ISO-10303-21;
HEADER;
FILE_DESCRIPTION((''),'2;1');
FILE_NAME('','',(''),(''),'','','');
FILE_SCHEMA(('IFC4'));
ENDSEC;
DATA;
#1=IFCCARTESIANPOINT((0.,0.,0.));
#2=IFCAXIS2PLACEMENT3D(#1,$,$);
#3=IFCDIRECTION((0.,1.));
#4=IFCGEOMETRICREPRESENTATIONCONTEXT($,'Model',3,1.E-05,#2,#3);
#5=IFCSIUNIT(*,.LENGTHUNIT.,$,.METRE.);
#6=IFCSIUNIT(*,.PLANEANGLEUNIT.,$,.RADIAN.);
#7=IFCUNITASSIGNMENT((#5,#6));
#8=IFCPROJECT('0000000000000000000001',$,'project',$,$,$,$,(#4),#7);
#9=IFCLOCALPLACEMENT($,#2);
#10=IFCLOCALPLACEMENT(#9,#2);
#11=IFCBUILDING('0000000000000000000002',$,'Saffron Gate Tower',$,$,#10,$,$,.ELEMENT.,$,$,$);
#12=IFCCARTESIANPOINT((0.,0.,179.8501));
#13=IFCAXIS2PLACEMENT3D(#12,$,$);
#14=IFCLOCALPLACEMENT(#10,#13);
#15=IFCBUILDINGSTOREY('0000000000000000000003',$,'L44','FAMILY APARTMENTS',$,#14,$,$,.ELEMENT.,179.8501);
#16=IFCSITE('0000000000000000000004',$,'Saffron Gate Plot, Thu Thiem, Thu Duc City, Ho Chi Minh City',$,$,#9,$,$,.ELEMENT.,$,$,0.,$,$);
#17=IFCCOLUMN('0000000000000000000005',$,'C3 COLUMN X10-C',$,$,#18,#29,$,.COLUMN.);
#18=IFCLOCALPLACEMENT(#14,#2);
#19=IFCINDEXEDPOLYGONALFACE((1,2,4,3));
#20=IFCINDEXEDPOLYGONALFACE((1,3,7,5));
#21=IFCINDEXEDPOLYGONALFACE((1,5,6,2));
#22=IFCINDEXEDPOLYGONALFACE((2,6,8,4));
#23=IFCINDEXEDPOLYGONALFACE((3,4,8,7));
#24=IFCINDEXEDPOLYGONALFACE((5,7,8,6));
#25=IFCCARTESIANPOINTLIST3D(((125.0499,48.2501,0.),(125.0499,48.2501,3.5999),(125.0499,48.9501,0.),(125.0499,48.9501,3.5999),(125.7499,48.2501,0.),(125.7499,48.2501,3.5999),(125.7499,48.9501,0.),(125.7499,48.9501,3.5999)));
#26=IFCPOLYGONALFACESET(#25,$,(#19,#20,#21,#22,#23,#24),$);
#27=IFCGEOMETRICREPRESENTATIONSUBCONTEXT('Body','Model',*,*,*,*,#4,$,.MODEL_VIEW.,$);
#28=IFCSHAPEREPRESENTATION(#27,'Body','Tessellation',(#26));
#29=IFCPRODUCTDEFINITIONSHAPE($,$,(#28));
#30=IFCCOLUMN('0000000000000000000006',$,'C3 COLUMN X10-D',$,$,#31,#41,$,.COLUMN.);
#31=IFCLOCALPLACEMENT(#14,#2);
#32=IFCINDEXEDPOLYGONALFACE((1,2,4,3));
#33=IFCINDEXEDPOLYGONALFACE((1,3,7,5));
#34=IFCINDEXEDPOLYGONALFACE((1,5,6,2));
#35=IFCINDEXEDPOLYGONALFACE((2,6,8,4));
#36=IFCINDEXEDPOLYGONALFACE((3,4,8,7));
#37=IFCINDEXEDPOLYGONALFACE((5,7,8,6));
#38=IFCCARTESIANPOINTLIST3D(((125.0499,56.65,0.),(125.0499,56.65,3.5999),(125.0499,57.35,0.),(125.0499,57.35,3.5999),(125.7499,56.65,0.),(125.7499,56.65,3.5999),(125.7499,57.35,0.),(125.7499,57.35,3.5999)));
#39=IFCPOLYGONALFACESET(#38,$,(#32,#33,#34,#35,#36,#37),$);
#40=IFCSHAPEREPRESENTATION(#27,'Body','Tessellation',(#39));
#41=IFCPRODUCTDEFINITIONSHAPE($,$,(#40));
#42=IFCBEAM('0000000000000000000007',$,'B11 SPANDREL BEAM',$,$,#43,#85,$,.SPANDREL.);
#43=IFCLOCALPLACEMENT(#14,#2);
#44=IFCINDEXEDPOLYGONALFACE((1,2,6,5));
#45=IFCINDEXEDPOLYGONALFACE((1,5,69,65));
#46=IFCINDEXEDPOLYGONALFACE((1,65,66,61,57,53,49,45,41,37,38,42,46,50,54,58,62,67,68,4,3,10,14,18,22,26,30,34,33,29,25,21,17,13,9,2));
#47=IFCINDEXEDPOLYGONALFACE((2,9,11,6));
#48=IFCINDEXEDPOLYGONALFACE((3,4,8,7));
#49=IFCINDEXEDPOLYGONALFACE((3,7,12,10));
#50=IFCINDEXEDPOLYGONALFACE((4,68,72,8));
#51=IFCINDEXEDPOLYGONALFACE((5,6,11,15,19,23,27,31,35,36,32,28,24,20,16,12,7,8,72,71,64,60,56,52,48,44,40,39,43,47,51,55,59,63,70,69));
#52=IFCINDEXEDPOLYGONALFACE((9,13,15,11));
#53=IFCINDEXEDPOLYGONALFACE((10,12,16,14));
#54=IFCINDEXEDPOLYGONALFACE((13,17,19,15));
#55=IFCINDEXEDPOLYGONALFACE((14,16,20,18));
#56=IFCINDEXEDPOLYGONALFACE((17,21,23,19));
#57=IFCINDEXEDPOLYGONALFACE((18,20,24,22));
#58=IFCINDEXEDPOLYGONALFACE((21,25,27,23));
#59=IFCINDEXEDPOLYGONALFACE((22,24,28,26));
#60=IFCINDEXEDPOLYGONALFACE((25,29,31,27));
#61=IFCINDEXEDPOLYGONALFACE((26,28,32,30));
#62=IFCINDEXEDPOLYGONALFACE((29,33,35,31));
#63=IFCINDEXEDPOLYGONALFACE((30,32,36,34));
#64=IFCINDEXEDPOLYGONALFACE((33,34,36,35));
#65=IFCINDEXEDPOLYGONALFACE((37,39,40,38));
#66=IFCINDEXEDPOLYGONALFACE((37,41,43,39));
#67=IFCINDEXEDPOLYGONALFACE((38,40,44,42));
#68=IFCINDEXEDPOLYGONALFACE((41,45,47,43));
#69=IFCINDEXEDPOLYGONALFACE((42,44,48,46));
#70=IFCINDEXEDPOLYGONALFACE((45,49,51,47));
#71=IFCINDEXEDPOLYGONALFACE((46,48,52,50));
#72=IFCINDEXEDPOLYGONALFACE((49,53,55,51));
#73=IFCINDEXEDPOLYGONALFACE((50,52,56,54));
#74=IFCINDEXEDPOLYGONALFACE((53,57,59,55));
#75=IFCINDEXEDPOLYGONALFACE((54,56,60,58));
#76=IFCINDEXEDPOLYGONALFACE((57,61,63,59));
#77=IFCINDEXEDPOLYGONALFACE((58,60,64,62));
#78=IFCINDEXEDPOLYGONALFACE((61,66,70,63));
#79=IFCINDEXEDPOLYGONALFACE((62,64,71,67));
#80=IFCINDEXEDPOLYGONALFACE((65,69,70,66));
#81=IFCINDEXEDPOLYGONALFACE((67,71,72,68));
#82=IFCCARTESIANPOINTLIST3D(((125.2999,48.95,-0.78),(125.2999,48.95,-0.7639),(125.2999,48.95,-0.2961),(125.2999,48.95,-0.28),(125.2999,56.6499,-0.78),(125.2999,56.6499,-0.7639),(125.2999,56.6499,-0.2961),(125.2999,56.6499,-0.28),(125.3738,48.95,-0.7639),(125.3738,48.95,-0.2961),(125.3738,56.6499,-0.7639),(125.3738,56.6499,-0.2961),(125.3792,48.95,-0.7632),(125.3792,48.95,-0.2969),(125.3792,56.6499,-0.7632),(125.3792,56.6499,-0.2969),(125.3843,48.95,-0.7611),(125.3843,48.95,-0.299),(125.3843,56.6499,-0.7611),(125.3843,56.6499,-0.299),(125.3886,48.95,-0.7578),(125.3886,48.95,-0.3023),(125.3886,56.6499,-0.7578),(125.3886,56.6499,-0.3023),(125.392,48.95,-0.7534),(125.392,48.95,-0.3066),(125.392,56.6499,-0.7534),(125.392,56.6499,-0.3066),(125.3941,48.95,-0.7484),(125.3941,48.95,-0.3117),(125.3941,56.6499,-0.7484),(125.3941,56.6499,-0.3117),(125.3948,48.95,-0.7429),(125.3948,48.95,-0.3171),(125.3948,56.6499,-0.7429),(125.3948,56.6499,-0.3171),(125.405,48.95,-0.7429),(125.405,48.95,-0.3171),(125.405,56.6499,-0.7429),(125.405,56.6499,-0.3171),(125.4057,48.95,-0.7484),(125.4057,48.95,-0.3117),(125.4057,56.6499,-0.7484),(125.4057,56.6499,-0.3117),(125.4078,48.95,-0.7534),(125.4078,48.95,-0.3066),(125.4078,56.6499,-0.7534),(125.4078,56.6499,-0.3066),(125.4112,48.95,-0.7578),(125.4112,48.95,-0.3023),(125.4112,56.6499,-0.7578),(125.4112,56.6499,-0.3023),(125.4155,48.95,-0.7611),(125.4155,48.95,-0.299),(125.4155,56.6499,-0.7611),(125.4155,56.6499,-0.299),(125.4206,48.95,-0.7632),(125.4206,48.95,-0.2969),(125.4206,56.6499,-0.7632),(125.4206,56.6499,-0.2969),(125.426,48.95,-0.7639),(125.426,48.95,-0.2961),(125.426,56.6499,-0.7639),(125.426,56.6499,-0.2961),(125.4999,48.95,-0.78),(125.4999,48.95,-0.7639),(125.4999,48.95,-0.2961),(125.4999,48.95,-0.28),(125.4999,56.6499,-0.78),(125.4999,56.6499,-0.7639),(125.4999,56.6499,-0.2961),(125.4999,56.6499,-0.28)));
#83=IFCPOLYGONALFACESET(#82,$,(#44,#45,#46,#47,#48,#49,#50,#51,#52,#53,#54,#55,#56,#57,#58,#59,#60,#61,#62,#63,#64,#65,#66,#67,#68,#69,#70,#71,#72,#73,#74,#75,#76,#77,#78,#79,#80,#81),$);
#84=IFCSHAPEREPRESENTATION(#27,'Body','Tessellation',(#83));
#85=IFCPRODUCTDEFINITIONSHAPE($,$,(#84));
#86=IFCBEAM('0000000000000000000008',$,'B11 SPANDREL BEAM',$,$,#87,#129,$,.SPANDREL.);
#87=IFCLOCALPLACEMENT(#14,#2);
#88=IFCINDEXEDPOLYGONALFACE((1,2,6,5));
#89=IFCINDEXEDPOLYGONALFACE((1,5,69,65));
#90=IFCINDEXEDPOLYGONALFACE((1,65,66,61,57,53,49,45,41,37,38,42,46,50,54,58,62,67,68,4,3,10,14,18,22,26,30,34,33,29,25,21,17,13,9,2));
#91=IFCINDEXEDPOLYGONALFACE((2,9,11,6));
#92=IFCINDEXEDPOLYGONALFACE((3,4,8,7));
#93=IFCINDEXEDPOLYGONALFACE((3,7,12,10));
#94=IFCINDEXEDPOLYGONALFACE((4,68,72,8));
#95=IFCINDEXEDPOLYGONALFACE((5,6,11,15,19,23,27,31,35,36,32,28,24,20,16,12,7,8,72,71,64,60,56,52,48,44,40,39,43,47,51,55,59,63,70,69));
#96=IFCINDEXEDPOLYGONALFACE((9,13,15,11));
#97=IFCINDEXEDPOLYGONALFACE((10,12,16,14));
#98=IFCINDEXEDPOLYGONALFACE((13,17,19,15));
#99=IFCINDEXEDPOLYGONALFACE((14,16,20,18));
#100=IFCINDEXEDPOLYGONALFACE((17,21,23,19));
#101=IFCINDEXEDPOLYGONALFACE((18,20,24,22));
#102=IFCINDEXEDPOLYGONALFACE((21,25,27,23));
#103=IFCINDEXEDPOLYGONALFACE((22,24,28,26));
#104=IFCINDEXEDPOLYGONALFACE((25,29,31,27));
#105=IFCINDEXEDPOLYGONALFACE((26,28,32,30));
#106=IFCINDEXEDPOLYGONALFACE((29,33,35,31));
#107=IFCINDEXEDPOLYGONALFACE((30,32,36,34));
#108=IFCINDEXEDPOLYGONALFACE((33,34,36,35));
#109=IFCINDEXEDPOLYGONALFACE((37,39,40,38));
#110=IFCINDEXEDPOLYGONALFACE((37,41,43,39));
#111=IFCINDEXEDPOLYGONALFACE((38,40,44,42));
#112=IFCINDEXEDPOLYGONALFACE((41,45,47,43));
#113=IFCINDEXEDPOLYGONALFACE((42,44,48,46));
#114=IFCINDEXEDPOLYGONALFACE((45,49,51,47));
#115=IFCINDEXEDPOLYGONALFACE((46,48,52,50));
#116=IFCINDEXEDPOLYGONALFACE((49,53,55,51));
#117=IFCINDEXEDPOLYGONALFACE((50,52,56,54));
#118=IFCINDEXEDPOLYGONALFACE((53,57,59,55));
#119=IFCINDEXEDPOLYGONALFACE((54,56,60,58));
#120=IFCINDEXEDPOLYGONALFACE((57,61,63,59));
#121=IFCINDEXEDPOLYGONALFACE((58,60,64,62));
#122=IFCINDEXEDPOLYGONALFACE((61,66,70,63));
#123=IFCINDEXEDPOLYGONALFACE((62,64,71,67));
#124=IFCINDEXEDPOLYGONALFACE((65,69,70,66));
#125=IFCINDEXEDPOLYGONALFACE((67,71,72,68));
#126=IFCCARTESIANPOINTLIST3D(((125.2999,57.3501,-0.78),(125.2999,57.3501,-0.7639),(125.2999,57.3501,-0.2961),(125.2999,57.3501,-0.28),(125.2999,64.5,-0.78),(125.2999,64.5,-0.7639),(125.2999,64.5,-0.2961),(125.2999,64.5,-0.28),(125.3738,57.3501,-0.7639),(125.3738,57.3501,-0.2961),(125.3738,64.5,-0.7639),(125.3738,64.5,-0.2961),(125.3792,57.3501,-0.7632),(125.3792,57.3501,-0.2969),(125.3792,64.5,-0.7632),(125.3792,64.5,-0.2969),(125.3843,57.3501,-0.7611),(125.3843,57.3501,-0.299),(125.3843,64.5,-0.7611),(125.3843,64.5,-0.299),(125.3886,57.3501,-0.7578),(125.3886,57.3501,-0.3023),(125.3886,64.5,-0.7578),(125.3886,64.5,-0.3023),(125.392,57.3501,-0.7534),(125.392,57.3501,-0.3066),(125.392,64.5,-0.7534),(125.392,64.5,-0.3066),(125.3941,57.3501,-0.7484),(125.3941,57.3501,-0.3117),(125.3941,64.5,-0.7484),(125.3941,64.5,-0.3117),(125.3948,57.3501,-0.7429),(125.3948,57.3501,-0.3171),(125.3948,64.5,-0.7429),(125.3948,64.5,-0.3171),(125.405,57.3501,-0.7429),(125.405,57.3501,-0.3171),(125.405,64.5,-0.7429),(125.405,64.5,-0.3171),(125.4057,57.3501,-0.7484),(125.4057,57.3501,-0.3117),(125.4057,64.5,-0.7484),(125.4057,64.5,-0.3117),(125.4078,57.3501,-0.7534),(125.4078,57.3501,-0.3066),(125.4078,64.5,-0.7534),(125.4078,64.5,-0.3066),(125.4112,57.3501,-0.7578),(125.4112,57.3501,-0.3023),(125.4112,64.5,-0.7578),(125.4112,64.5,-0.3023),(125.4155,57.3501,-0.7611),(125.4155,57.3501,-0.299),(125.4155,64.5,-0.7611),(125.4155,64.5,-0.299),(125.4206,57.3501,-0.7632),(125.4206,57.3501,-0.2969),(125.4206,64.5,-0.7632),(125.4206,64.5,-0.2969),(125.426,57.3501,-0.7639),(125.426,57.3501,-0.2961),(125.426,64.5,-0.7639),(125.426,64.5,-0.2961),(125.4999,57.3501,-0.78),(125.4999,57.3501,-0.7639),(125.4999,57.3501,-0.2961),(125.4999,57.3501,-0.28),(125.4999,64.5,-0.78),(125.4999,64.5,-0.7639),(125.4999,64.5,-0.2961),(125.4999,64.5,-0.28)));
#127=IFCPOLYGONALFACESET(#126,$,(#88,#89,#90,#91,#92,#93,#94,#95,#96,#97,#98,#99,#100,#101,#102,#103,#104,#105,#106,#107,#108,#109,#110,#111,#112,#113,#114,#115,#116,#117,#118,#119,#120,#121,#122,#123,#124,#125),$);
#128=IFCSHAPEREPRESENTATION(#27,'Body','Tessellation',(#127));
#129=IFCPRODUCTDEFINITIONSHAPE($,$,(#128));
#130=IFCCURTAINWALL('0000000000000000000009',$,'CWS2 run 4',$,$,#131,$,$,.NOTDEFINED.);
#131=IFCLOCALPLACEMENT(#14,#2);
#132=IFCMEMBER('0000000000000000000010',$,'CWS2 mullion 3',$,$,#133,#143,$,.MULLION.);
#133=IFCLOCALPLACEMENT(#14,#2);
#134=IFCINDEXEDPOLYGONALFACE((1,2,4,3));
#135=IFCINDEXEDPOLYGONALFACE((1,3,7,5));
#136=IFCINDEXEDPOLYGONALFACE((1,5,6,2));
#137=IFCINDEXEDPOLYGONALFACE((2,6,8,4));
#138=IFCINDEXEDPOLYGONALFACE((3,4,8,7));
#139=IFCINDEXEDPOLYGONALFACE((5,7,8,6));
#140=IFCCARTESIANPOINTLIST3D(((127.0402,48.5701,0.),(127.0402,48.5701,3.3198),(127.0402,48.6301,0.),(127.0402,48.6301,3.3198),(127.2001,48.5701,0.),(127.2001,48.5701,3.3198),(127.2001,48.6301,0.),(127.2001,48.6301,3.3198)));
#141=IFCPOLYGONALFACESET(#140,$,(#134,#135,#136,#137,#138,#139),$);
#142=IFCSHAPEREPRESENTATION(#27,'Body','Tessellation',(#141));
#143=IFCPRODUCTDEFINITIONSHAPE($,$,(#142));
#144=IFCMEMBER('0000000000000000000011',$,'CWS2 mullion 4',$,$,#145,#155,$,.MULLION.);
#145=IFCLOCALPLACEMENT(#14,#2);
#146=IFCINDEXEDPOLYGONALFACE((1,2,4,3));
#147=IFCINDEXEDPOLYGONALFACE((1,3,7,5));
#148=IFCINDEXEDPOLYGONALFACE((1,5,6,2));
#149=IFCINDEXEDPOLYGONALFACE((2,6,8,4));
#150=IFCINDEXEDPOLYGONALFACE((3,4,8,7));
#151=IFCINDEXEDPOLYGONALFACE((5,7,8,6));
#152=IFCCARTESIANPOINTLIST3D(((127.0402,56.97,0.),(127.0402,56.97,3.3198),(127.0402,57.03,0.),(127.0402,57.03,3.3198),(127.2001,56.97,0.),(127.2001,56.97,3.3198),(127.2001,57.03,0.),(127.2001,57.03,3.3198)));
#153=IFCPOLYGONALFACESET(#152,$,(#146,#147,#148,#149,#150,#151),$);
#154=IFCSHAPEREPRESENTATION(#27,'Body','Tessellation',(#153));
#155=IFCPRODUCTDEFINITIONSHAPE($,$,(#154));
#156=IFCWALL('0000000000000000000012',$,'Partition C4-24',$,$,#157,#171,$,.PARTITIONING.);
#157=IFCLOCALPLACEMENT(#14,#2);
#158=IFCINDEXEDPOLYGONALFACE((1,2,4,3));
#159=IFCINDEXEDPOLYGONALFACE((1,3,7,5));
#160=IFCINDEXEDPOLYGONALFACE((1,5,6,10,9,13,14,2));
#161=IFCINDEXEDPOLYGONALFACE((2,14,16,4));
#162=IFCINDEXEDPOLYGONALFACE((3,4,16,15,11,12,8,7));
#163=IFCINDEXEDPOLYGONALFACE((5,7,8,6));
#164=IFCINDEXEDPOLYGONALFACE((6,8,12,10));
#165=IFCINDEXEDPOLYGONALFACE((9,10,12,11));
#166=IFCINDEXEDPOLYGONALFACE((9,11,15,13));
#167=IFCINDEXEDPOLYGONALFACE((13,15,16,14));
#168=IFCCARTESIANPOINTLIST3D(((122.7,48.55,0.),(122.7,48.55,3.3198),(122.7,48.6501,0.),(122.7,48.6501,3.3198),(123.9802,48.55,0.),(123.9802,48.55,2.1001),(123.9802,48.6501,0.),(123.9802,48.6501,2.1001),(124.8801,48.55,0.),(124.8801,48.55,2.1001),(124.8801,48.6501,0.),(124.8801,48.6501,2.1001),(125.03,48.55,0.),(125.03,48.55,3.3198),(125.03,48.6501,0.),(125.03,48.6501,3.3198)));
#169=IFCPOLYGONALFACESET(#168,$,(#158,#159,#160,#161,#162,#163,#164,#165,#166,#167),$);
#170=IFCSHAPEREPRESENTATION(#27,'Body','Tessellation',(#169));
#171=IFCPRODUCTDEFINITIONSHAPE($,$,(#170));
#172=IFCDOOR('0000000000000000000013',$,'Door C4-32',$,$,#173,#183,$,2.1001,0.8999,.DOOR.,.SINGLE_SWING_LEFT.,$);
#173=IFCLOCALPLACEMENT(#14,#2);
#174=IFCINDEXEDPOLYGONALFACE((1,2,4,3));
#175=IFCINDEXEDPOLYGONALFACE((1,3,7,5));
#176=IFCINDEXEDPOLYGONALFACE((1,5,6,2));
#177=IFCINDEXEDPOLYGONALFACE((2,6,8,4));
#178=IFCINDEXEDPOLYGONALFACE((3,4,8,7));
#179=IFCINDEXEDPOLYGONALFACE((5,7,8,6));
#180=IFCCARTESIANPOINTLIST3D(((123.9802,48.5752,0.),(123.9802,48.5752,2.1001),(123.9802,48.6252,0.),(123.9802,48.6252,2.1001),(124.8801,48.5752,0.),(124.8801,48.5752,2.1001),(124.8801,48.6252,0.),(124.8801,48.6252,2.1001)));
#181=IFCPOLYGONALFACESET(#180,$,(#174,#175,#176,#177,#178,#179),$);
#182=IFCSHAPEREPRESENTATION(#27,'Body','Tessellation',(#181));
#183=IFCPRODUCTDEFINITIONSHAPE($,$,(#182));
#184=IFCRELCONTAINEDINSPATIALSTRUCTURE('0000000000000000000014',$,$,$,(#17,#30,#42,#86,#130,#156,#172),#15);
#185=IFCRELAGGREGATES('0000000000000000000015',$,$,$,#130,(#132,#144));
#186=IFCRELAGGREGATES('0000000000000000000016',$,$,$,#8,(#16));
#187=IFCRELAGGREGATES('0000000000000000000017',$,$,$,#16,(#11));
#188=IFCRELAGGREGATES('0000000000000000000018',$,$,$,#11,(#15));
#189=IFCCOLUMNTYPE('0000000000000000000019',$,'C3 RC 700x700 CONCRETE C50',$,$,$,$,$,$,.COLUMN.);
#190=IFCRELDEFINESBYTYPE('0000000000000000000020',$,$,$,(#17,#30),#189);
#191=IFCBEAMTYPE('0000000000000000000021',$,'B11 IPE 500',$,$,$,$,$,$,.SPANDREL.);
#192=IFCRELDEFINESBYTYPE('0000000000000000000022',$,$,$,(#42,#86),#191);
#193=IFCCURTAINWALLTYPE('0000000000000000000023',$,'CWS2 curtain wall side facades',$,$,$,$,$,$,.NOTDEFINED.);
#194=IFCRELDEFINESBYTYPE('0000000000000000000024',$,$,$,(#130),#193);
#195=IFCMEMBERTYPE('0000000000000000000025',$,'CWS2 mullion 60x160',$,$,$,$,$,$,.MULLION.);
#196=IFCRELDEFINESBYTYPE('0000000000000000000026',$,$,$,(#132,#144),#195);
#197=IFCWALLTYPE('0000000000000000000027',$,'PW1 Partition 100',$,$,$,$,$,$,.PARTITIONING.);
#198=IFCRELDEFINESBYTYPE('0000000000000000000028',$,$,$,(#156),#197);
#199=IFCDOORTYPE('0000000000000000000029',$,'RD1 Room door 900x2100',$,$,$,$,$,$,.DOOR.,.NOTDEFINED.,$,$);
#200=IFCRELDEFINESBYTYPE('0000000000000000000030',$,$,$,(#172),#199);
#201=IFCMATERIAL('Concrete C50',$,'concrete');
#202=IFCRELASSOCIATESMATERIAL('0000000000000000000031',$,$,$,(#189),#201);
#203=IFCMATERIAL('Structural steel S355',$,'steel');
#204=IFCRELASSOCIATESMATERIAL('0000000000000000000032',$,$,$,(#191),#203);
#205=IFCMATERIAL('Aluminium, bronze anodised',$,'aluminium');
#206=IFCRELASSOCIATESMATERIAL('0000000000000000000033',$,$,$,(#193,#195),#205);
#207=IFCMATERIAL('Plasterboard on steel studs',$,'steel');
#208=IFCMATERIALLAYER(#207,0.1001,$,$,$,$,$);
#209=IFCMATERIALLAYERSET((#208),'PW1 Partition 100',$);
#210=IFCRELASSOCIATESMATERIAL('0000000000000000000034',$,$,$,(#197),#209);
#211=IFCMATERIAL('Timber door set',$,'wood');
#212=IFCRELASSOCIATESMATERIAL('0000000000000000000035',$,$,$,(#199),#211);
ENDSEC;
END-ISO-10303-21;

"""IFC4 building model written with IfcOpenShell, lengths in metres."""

from ifc_helpers import new_model, si_unit, direction, frame, frame_2d, origin, origin_2d, place, context, subcontext, project, spatial, rectangle, i_section, extrude, material, layer, layer_set, material_profile, profile_set, type_object, element, fill, aggregate, save


model = new_model("IFC4")

# Units and contexts
model_context = context("Model", 3, precision=1e-05, world=origin(), true_north=direction((0.0, 1.0)))
body_context = subcontext(model_context, "Body", "Model", "MODEL_VIEW")
ifc_project = project(units=[si_unit("LENGTHUNIT", "METRE"), si_unit("PLANEANGLEUNIT", "RADIAN")], contexts=[model_context])

# Site, building, storey
site_placement = place(None, origin())
site = spatial("IfcSite", under=ifc_project, at=site_placement, Name="Saffron Gate Plot, Thu Thiem, Thu Duc City, Ho Chi Minh City", CompositionType="ELEMENT", RefElevation=0.0)
building_placement = place(site_placement, origin())
building = spatial("IfcBuilding", under=site, at=building_placement, Name="Saffron Gate Tower", CompositionType="ELEMENT")
storey_placement = place(building_placement, frame((0.0, 0.0, 179.8501)))
storey = spatial("IfcBuildingStorey", under=building, at=storey_placement, Name="L44", Description="FAMILY APARTMENTS", CompositionType="ELEMENT", Elevation=179.8501)

# Columns
ifc_material_1 = material(Name="Concrete C50", Category="concrete")
ifc_material_profile_1 = material_profile(ifc_material_1, rectangle(XDim=0.7, YDim=0.7, at=origin_2d()))
ifc_profile_set_1 = profile_set([ifc_material_profile_1], Name="Concrete C50")
column_type = type_object("IfcColumnType", Name="C3 RC 700x700 CONCRETE C50", PredefinedType="COLUMN", material=ifc_profile_set_1)
for number, where, z_axis, x_axis, name in (
    (1, (125.3999, 48.6001, 0.0), (0.0, 0.0, 1.0), (1.0, 0.0, 0.0), "C3 COLUMN X10-C"),
    (2, (125.3999, 57.0, 0.0), (0.0, 0.0, 1.0), (1.0, 0.0, 0.0), "C3 COLUMN X10-D"),
):
    element("IfcColumn", number, at=place(storey_placement, frame(where, z_axis=z_axis, x_axis=x_axis)), inside=storey, type_object=column_type, Name=name, PredefinedType="COLUMN", context=body_context, shape_type="SweptSolid", body=[
        extrude(rectangle(XDim=0.7, YDim=0.7, at=origin_2d()), origin(), (0.0, 0.0, 1.0), 3.5999),
    ])

# Beams
ifc_material_2 = material(Name="Structural steel S355", Category="steel")
ifc_material_profile_2 = material_profile(ifc_material_2, i_section(OverallWidth=0.2, OverallDepth=0.5, WebThickness=0.0103, FlangeThickness=0.0161, FilletRadius=0.021, at=origin_2d()))
ifc_profile_set_2 = profile_set([ifc_material_profile_2], Name="Structural steel S355")
beam_type = type_object("IfcBeamType", Name="B11 IPE 500", PredefinedType="SPANDREL", material=ifc_profile_set_2)
beam_1_placement = place(storey_placement, frame((125.3999, 48.95, -0.53), z_axis=(0.0, 1.0, 0.0), x_axis=(-1.0, 0.0, 0.0)))
element("IfcBeam", 3, at=beam_1_placement, inside=storey, type_object=beam_type, Name="B11 SPANDREL BEAM", PredefinedType="SPANDREL", context=body_context, shape_type="SweptSolid", body=[
    extrude(i_section(OverallWidth=0.2, OverallDepth=0.5, WebThickness=0.0103, FlangeThickness=0.0161, FilletRadius=0.021, at=origin_2d()), origin(), (0.0, 0.0, 1.0), 7.7),
])
beam_2_placement = place(storey_placement, frame((125.3999, 57.3501, -0.53), z_axis=(0.0, 1.0, 0.0), x_axis=(-1.0, 0.0, 0.0)))
element("IfcBeam", 4, at=beam_2_placement, inside=storey, type_object=beam_type, Name="B11 SPANDREL BEAM", PredefinedType="SPANDREL", context=body_context, shape_type="SweptSolid", body=[
    extrude(i_section(OverallWidth=0.2, OverallDepth=0.5, WebThickness=0.0103, FlangeThickness=0.0161, FilletRadius=0.021, at=origin_2d()), origin(), (0.0, 0.0, 1.0), 7.1499),
])

# Curtain wall, members
ifc_material_3 = material(Name="Aluminium, bronze anodised", Category="aluminium")
curtain_wall_type = type_object("IfcCurtainWallType", Name="CWS2 curtain wall side facades", PredefinedType="NOTDEFINED", material=ifc_material_3)
curtain_wall_placement = place(storey_placement, origin())
curtain_wall = element("IfcCurtainWall", 5, at=curtain_wall_placement, inside=storey, type_object=curtain_wall_type, Name="CWS2 run 4", PredefinedType="NOTDEFINED")
ifc_material_profile_3 = material_profile(ifc_material_3, rectangle(XDim=0.1599, YDim=0.0601, at=origin_2d()))
ifc_profile_set_3 = profile_set([ifc_material_profile_3], Name="Aluminium, bronze anodised")
member_type = type_object("IfcMemberType", Name="CWS2 mullion 60x160", PredefinedType="MULLION", material=ifc_profile_set_3)
member_1_placement = place(storey_placement, frame((127.1201, 48.6001, 0.0), z_axis=(0.0, 0.0, 1.0), x_axis=(-1.0, 0.0, 0.0)))
member_1 = element("IfcMember", 6, at=member_1_placement, type_object=member_type, Name="CWS2 mullion 3", PredefinedType="MULLION", context=body_context, shape_type="SweptSolid", body=[
    extrude(rectangle(XDim=0.1599, YDim=0.0601, at=origin_2d()), origin(), (0.0, 0.0, 1.0), 3.3198),
])
member_2_placement = place(storey_placement, frame((127.1201, 57.0, 0.0), z_axis=(0.0, 0.0, 1.0), x_axis=(-1.0, 0.0, 0.0)))
member_2 = element("IfcMember", 7, at=member_2_placement, type_object=member_type, Name="CWS2 mullion 4", PredefinedType="MULLION", context=body_context, shape_type="SweptSolid", body=[
    extrude(rectangle(XDim=0.1599, YDim=0.0601, at=origin_2d()), origin(), (0.0, 0.0, 1.0), 3.3198),
])
aggregate(curtain_wall, [member_1, member_2])

# Wall, opening, door
ifc_material_4 = material(Name="Plasterboard on steel studs", Category="steel")
ifc_layer = layer(ifc_material_4, 0.1001)
ifc_layer_set = layer_set([ifc_layer], Name="PW1 Partition 100")
wall_type = type_object("IfcWallType", Name="PW1 Partition 100", PredefinedType="PARTITIONING", material=ifc_layer_set)
wall_1_placement = place(storey_placement, frame((125.03, 48.6001, 0.0), z_axis=(0.0, 0.0, 1.0), x_axis=(-1.0, 0.0, 0.0)))
wall_1 = element("IfcWall", 8, at=wall_1_placement, inside=storey, type_object=wall_type, Name="Partition C4-24", PredefinedType="PARTITIONING", context=body_context, shape_type="SweptSolid", body=[
    extrude(rectangle(XDim=2.3301, YDim=0.1001, at=frame_2d((1.165, 0.0))), origin(), (0.0, 0.0, 1.0), 3.3198),
])
opening_1_placement = place(wall_1_placement, frame((0.1499, 0.0, 0.0)))
opening_1 = element("IfcOpeningElement", 9, at=opening_1_placement, cuts=wall_1, PredefinedType="OPENING", context=body_context, shape_type="SweptSolid", body=[
    extrude(rectangle(XDim=0.8999, YDim=2.1001, at=frame_2d((0.45, 1.05))), frame((0.0, 0.0601, 0.0), z_axis=(0.0, -1.0, 0.0), x_axis=(1.0, 0.0, 0.0)), (0.0, 0.0, 1.0), 0.1201),
])
ifc_material_5 = material(Name="Timber door set", Category="wood")
door_type_1 = type_object("IfcDoorType", Name="RD1 Room door 900x2100", OperationType="NOTDEFINED", PredefinedType="DOOR", material=ifc_material_5)
door_1_placement = place(opening_1_placement, origin())
door_1 = element("IfcDoor", 10, at=door_1_placement, inside=storey, type_object=door_type_1, Name="Door C4-32", OperationType="SINGLE_SWING_LEFT", OverallHeight=2.1001, OverallWidth=0.8999, PredefinedType="DOOR", context=body_context, shape_type="SweptSolid", body=[
    extrude(rectangle(XDim=0.8999, YDim=2.1001, at=frame_2d((0.45, 1.05))), frame((0.0, 0.0249, 0.0), z_axis=(0.0, -1.0, 0.0), x_axis=(1.0, 0.0, 0.0)), (0.0, 0.0, 1.0), 0.05),
])
fill(opening_1, door_1)

save(model, "model.ifc")
